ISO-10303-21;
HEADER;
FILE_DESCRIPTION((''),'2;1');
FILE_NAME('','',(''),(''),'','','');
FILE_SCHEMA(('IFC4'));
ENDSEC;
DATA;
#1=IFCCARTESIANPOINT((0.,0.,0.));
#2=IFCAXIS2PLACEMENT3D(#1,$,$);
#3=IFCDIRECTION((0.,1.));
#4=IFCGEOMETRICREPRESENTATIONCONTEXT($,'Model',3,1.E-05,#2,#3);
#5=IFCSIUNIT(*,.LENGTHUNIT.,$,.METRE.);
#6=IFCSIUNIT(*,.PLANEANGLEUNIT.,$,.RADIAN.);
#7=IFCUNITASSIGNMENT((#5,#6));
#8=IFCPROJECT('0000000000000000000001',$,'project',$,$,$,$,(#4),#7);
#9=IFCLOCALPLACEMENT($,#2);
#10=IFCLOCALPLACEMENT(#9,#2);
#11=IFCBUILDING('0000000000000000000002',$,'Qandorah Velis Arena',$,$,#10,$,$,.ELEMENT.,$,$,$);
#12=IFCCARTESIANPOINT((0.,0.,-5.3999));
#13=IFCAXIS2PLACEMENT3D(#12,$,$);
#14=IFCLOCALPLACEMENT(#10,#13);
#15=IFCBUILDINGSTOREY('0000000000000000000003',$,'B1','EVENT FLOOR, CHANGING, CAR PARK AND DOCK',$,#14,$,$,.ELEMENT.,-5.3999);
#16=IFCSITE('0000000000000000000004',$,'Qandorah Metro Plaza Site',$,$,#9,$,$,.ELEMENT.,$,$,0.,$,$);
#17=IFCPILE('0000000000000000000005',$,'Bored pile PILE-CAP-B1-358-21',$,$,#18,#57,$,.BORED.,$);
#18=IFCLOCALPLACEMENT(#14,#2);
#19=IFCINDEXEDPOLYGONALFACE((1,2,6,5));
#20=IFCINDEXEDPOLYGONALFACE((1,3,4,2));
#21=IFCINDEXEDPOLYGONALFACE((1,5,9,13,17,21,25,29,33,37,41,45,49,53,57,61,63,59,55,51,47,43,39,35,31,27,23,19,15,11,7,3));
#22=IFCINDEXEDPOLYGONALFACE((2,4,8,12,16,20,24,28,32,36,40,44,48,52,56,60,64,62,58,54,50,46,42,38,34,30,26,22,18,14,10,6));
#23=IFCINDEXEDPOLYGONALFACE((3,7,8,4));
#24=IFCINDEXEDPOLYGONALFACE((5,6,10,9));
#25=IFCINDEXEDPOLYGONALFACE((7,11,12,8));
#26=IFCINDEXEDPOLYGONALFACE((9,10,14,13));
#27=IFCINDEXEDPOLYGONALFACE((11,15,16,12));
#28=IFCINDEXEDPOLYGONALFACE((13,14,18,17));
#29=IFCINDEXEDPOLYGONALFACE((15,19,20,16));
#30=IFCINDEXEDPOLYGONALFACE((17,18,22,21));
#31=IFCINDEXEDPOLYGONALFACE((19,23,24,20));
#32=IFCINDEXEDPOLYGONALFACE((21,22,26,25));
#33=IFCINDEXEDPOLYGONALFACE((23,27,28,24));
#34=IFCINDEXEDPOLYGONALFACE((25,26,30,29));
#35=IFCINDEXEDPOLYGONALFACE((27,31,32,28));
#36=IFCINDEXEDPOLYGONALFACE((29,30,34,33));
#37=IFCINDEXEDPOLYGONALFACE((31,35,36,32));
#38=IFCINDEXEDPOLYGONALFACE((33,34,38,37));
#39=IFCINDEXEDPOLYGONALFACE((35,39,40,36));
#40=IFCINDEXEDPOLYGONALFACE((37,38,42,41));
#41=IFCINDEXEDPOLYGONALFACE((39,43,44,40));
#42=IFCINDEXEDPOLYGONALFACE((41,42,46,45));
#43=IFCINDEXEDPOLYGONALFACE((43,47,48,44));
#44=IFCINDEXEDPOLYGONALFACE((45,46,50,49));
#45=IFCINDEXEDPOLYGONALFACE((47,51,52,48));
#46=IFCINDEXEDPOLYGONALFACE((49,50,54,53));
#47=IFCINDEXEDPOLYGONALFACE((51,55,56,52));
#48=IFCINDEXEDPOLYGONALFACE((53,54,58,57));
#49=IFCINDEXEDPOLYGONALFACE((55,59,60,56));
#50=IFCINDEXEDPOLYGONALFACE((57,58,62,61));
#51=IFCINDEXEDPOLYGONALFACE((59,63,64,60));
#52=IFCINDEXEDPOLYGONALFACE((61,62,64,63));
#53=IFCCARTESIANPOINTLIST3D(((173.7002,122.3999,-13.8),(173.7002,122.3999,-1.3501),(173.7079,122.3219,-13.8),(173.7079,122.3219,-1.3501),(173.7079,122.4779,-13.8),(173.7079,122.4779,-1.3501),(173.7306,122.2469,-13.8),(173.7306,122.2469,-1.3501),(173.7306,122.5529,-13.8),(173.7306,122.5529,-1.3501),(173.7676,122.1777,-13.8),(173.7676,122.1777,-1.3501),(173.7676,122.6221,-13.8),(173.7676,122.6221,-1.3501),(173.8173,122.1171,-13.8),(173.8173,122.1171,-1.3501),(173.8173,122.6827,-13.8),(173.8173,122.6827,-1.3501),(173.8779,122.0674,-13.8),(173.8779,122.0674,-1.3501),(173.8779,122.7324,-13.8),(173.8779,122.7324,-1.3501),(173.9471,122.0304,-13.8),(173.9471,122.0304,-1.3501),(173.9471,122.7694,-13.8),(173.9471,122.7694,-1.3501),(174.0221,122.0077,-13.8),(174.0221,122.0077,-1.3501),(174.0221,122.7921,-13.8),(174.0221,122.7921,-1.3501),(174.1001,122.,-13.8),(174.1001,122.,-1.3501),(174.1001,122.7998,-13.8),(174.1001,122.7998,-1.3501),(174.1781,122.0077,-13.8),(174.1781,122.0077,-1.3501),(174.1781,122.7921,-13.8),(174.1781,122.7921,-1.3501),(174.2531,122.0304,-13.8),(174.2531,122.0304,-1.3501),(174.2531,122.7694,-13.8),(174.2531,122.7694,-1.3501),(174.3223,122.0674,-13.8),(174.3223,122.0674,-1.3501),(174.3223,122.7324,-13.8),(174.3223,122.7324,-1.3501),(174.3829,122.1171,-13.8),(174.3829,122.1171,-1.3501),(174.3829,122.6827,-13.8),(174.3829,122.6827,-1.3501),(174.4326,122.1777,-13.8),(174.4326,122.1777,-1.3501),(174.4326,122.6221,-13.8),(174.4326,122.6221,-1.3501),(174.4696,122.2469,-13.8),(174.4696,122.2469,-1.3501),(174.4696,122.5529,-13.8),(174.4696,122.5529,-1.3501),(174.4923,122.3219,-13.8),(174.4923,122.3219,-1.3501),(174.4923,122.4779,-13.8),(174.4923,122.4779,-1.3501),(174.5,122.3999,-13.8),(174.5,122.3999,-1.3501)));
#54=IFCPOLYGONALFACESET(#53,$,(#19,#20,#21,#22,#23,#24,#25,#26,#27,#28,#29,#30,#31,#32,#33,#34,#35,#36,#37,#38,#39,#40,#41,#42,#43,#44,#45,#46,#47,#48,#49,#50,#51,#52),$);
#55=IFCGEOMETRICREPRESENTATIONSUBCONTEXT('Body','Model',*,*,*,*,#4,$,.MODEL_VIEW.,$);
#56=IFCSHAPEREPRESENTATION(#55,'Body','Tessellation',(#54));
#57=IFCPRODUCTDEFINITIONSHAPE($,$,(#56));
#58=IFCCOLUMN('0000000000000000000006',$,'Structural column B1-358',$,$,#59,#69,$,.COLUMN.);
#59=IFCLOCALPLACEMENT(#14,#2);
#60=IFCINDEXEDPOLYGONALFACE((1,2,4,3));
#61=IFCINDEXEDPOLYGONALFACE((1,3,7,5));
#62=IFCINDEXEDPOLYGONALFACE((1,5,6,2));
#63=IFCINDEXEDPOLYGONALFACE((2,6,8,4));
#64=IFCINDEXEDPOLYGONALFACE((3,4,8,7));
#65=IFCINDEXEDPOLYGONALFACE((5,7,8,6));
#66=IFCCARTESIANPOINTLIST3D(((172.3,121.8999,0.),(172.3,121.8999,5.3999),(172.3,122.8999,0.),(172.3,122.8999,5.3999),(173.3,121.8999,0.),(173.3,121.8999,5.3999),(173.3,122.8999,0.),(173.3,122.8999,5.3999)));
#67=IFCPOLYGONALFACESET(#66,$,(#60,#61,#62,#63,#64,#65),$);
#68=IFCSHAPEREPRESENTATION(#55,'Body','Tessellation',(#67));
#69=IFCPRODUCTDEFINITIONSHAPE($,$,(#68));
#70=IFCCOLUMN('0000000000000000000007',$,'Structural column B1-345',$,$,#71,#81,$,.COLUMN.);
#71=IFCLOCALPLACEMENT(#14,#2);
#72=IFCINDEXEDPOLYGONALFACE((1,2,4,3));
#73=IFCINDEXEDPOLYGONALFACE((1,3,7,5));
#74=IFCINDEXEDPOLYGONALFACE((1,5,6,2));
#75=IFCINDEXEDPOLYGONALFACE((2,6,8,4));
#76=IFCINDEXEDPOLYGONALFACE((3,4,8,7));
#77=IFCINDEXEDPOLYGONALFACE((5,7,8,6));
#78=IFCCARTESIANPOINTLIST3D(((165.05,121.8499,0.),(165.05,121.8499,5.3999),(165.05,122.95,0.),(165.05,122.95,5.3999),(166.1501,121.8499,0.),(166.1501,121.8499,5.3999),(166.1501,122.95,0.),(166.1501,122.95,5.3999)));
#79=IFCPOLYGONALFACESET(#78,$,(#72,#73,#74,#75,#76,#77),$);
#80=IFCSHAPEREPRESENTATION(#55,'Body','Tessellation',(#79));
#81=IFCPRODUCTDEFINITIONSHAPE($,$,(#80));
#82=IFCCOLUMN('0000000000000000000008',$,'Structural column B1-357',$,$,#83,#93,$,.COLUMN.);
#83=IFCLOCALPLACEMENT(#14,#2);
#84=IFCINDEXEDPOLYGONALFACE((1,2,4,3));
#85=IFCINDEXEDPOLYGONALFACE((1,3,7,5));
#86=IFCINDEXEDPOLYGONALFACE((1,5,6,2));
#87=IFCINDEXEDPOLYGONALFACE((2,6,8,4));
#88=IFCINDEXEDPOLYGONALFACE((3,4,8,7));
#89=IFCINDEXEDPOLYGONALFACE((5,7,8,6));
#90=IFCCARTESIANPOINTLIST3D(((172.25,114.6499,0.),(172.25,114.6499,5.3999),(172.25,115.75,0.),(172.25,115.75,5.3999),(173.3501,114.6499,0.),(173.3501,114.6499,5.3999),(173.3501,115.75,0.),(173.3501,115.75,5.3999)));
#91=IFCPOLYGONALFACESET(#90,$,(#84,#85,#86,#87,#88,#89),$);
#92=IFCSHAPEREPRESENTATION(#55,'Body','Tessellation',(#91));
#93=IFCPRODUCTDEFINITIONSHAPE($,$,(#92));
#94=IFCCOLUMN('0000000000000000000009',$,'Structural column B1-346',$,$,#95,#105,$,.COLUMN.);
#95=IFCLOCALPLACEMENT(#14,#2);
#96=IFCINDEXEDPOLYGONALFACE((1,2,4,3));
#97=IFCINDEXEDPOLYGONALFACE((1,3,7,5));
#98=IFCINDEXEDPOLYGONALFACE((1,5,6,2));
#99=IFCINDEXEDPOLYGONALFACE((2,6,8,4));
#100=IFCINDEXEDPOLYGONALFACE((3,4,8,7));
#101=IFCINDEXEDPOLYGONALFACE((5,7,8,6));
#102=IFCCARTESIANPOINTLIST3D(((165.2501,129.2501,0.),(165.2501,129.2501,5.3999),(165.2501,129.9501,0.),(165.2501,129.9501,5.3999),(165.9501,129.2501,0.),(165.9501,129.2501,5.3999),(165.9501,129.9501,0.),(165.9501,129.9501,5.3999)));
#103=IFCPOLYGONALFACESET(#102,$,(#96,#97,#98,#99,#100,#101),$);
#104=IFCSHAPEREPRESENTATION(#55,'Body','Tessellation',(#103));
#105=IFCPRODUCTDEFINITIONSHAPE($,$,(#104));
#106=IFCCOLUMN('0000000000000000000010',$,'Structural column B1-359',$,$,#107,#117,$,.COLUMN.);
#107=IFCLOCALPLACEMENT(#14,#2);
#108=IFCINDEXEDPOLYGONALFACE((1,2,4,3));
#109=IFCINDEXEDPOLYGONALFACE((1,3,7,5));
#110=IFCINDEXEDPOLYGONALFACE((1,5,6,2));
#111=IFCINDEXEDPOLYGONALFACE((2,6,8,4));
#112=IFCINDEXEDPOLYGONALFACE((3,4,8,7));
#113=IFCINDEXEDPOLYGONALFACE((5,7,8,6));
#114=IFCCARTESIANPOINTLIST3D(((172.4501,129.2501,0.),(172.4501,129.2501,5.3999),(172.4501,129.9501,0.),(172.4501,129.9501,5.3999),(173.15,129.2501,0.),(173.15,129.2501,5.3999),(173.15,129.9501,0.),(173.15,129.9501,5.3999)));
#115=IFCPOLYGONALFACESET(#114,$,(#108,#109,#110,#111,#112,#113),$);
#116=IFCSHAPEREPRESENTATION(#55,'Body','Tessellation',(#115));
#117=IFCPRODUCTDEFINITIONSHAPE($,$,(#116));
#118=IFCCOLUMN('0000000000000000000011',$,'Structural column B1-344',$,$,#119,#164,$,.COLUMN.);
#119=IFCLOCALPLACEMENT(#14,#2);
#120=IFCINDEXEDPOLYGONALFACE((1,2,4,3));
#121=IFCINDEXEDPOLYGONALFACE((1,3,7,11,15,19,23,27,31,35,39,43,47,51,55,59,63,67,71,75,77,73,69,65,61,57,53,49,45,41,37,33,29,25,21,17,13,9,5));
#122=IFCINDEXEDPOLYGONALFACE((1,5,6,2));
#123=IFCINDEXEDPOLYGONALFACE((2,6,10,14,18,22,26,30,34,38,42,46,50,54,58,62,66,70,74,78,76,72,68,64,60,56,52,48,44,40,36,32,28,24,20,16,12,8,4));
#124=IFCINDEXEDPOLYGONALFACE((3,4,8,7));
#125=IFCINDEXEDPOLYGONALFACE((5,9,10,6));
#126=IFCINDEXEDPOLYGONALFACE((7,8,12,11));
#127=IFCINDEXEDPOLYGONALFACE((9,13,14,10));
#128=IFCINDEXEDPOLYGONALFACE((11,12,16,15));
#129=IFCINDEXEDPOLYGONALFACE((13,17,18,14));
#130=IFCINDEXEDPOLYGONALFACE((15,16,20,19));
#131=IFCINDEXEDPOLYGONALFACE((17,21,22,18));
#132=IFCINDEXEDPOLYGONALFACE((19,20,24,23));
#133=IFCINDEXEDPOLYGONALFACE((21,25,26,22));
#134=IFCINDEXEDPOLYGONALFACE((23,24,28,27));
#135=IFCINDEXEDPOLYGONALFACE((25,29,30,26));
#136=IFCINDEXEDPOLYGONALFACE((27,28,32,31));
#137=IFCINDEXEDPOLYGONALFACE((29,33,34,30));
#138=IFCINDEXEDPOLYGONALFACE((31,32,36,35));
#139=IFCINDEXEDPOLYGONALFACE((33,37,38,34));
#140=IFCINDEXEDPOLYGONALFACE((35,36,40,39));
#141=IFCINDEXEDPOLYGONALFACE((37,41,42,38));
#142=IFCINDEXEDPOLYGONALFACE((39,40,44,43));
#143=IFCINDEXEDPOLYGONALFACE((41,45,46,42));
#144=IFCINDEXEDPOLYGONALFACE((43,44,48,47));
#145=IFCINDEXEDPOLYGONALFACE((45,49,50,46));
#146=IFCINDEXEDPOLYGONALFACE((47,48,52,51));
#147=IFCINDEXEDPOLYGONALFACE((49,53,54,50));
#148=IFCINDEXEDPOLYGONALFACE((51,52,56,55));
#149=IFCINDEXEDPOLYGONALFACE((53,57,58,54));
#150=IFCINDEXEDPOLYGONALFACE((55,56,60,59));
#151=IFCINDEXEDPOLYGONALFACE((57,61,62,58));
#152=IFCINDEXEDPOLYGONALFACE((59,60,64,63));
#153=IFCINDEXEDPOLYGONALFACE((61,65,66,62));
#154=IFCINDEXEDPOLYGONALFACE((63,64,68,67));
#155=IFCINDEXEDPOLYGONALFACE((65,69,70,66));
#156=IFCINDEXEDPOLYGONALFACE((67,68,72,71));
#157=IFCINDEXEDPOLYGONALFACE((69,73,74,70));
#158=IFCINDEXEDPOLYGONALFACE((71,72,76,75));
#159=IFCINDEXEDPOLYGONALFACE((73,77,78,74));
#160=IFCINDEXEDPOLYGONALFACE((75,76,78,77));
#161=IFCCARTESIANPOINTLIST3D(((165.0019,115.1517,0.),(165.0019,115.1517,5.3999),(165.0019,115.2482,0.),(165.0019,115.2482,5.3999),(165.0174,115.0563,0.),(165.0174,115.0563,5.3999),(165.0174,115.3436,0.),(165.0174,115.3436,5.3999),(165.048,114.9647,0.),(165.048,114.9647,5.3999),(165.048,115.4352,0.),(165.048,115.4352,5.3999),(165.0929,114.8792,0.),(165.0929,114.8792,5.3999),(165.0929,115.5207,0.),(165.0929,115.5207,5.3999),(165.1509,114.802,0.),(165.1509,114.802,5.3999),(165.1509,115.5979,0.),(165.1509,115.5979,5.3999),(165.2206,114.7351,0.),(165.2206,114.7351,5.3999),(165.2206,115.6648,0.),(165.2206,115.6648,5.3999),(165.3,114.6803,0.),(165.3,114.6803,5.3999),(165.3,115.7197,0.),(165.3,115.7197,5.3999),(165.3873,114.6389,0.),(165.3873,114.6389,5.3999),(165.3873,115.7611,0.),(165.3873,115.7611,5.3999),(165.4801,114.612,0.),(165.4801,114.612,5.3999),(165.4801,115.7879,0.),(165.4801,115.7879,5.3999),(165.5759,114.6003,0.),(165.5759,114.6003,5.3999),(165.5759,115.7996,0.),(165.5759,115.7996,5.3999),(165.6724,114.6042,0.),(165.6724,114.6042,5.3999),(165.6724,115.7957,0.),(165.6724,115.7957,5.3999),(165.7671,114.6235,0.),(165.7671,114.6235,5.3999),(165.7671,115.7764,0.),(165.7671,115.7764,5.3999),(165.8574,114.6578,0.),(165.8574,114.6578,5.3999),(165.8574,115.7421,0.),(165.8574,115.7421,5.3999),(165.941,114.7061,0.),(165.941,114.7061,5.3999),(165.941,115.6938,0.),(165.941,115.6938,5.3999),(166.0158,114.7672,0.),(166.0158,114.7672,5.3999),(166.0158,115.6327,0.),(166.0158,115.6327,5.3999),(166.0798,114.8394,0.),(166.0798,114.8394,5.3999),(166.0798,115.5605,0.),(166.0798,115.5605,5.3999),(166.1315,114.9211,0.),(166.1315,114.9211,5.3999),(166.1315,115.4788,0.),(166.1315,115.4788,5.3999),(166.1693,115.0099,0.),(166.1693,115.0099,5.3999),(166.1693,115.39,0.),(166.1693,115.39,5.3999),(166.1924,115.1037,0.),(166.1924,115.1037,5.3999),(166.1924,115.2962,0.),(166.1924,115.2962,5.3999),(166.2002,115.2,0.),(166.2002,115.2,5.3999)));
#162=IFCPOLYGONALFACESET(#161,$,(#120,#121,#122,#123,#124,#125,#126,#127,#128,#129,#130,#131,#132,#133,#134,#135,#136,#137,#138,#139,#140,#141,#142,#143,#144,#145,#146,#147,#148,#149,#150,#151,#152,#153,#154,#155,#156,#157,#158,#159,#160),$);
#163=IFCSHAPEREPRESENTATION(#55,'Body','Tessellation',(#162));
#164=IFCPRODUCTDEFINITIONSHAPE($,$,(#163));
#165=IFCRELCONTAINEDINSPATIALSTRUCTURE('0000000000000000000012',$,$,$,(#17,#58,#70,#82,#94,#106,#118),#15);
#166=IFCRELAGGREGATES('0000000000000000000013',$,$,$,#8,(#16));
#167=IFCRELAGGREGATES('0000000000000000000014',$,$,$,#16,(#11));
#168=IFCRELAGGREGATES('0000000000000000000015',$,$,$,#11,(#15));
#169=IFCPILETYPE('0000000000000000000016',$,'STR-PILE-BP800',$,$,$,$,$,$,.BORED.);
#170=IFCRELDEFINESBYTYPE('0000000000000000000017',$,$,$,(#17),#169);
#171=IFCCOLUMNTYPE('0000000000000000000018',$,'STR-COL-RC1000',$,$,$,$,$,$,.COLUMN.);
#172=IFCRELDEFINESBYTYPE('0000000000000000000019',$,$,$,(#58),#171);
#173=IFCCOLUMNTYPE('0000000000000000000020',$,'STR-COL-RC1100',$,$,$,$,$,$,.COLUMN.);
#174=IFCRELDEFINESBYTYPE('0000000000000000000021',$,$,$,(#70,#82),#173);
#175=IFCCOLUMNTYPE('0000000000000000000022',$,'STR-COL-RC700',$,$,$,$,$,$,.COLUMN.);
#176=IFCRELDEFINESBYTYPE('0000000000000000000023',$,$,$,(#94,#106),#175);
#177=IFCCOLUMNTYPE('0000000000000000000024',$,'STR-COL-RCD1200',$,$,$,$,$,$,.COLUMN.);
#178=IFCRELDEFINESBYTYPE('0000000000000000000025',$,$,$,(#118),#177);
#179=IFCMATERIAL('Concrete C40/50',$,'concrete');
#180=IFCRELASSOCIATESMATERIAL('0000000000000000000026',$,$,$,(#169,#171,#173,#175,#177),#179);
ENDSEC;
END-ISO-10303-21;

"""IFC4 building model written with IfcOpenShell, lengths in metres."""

from ifc_helpers import new_model, si_unit, direction, frame, origin, origin_2d, place, context, subcontext, project, spatial, rectangle, circle, extrude, material, material_profile, profile_set, type_object, element, save


model = new_model("IFC4")

# Units and contexts
model_context = context("Model", 3, precision=1e-05, world=origin(), true_north=direction((0.0, 1.0)))
body_context = subcontext(model_context, "Body", "Model", "MODEL_VIEW")
ifc_project = project(units=[si_unit("LENGTHUNIT", "METRE"), si_unit("PLANEANGLEUNIT", "RADIAN")], contexts=[model_context])

# Site, building, storey
site_placement = place(None, origin())
site = spatial("IfcSite", under=ifc_project, at=site_placement, Name="Qandorah Metro Plaza Site", CompositionType="ELEMENT", RefElevation=0.0)
building_placement = place(site_placement, origin())
building = spatial("IfcBuilding", under=site, at=building_placement, Name="Qandorah Velis Arena", CompositionType="ELEMENT")
storey_placement = place(building_placement, frame((0.0, 0.0, -5.3999)))
storey = spatial("IfcBuildingStorey", under=building, at=storey_placement, Name="B1", Description="EVENT FLOOR, CHANGING, CAR PARK AND DOCK", CompositionType="ELEMENT", Elevation=-5.3999)

# Shared definitions
ifc_material_1 = material(Name="Concrete C40/50", Category="concrete")

# Pile
ifc_material_profile_1 = material_profile(ifc_material_1, circle(Radius=0.3999, at=origin_2d()), Name="BORED PILE D800")
ifc_profile_set_1 = profile_set([ifc_material_profile_1], Name="Concrete C40/50")
pile_type_1 = type_object("IfcPileType", Name="STR-PILE-BP800", PredefinedType="BORED", material=ifc_profile_set_1)
for number, where, z_axis, x_axis, name in (
    (1, (174.1001, 122.3999, -1.3501), (0.0, 0.0, -1.0), (1.0, 0.0, 0.0), "Bored pile PILE-CAP-B1-358-21"),
):
    element("IfcPile", number, at=place(storey_placement, frame(where, z_axis=z_axis, x_axis=x_axis)), inside=storey, type_object=pile_type_1, Name=name, PredefinedType="BORED", context=body_context, shape_type="SweptSolid", body=[
        extrude(circle(Radius=0.3999, at=origin_2d()), origin(), (0.0, 0.0, 1.0), 12.45),
    ])

# Columns
ifc_material_profile_2 = material_profile(ifc_material_1, rectangle(XDim=1.0, YDim=1.0, at=origin_2d()), Name="RC COL 1000x1000")
ifc_profile_set_2 = profile_set([ifc_material_profile_2], Name="Concrete C40/50")
column_type_1 = type_object("IfcColumnType", Name="STR-COL-RC1000", PredefinedType="COLUMN", material=ifc_profile_set_2)
column_placement = place(storey_placement, frame((172.8, 122.3999, 0.0), z_axis=(0.0, 0.0, 1.0), x_axis=(1.0, 0.0, 0.0)))
element("IfcColumn", 2, at=column_placement, inside=storey, type_object=column_type_1, Name="Structural column B1-358", PredefinedType="COLUMN", context=body_context, shape_type="SweptSolid", body=[
    extrude(rectangle(XDim=1.0, YDim=1.0, at=origin_2d()), origin(), (0.0, 0.0, 1.0), 5.3999),
])
ifc_material_profile_3 = material_profile(ifc_material_1, rectangle(XDim=1.1001, YDim=1.1001, at=origin_2d()), Name="RC COL 1100x1100")
ifc_profile_set_3 = profile_set([ifc_material_profile_3], Name="Concrete C40/50")
column_type_2 = type_object("IfcColumnType", Name="STR-COL-RC1100", PredefinedType="COLUMN", material=ifc_profile_set_3)
for number, where, z_axis, x_axis, name in (
    (3, (165.6001, 122.3999, 0.0), (0.0, 0.0, 1.0), (1.0, 0.0, 0.0), "Structural column B1-345"),
    (4, (172.8, 115.2, 0.0), (0.0, 0.0, 1.0), (1.0, 0.0, 0.0), "Structural column B1-357"),
):
    element("IfcColumn", number, at=place(storey_placement, frame(where, z_axis=z_axis, x_axis=x_axis)), inside=storey, type_object=column_type_2, Name=name, PredefinedType="COLUMN", context=body_context, shape_type="SweptSolid", body=[
        extrude(rectangle(XDim=1.1001, YDim=1.1001, at=origin_2d()), origin(), (0.0, 0.0, 1.0), 5.3999),
    ])
ifc_material_profile_4 = material_profile(ifc_material_1, rectangle(XDim=0.7, YDim=0.7, at=origin_2d()), Name="RC COL 700x700")
ifc_profile_set_4 = profile_set([ifc_material_profile_4], Name="Concrete C40/50")
column_type_3 = type_object("IfcColumnType", Name="STR-COL-RC700", PredefinedType="COLUMN", material=ifc_profile_set_4)
for number, where, z_axis, x_axis, name in (
    (5, (165.6001, 129.6001, 0.0), (0.0, 0.0, 1.0), (1.0, 0.0, 0.0), "Structural column B1-346"),
    (6, (172.8, 129.6001, 0.0), (0.0, 0.0, 1.0), (1.0, 0.0, 0.0), "Structural column B1-359"),
):
    element("IfcColumn", number, at=place(storey_placement, frame(where, z_axis=z_axis, x_axis=x_axis)), inside=storey, type_object=column_type_3, Name=name, PredefinedType="COLUMN", context=body_context, shape_type="SweptSolid", body=[
        extrude(rectangle(XDim=0.7, YDim=0.7, at=origin_2d()), origin(), (0.0, 0.0, 1.0), 5.3999),
    ])
ifc_material_profile_5 = material_profile(ifc_material_1, circle(Radius=0.6001, at=origin_2d()), Name="RC D1200")
ifc_profile_set_5 = profile_set([ifc_material_profile_5], Name="Concrete C40/50")
column_type_4 = type_object("IfcColumnType", Name="STR-COL-RCD1200", PredefinedType="COLUMN", material=ifc_profile_set_5)
for number, where, z_axis, x_axis, name in (
    (7, (165.6001, 115.2, 0.0), (0.0, 0.0, 1.0), (1.0, 0.0, 0.0), "Structural column B1-344"),
):
    element("IfcColumn", number, at=place(storey_placement, frame(where, z_axis=z_axis, x_axis=x_axis)), inside=storey, type_object=column_type_4, Name=name, PredefinedType="COLUMN", context=body_context, shape_type="SweptSolid", body=[
        extrude(circle(Radius=0.6001, at=origin_2d()), origin(), (0.0, 0.0, 1.0), 5.3999),
    ])

save(model, "model.ifc")
